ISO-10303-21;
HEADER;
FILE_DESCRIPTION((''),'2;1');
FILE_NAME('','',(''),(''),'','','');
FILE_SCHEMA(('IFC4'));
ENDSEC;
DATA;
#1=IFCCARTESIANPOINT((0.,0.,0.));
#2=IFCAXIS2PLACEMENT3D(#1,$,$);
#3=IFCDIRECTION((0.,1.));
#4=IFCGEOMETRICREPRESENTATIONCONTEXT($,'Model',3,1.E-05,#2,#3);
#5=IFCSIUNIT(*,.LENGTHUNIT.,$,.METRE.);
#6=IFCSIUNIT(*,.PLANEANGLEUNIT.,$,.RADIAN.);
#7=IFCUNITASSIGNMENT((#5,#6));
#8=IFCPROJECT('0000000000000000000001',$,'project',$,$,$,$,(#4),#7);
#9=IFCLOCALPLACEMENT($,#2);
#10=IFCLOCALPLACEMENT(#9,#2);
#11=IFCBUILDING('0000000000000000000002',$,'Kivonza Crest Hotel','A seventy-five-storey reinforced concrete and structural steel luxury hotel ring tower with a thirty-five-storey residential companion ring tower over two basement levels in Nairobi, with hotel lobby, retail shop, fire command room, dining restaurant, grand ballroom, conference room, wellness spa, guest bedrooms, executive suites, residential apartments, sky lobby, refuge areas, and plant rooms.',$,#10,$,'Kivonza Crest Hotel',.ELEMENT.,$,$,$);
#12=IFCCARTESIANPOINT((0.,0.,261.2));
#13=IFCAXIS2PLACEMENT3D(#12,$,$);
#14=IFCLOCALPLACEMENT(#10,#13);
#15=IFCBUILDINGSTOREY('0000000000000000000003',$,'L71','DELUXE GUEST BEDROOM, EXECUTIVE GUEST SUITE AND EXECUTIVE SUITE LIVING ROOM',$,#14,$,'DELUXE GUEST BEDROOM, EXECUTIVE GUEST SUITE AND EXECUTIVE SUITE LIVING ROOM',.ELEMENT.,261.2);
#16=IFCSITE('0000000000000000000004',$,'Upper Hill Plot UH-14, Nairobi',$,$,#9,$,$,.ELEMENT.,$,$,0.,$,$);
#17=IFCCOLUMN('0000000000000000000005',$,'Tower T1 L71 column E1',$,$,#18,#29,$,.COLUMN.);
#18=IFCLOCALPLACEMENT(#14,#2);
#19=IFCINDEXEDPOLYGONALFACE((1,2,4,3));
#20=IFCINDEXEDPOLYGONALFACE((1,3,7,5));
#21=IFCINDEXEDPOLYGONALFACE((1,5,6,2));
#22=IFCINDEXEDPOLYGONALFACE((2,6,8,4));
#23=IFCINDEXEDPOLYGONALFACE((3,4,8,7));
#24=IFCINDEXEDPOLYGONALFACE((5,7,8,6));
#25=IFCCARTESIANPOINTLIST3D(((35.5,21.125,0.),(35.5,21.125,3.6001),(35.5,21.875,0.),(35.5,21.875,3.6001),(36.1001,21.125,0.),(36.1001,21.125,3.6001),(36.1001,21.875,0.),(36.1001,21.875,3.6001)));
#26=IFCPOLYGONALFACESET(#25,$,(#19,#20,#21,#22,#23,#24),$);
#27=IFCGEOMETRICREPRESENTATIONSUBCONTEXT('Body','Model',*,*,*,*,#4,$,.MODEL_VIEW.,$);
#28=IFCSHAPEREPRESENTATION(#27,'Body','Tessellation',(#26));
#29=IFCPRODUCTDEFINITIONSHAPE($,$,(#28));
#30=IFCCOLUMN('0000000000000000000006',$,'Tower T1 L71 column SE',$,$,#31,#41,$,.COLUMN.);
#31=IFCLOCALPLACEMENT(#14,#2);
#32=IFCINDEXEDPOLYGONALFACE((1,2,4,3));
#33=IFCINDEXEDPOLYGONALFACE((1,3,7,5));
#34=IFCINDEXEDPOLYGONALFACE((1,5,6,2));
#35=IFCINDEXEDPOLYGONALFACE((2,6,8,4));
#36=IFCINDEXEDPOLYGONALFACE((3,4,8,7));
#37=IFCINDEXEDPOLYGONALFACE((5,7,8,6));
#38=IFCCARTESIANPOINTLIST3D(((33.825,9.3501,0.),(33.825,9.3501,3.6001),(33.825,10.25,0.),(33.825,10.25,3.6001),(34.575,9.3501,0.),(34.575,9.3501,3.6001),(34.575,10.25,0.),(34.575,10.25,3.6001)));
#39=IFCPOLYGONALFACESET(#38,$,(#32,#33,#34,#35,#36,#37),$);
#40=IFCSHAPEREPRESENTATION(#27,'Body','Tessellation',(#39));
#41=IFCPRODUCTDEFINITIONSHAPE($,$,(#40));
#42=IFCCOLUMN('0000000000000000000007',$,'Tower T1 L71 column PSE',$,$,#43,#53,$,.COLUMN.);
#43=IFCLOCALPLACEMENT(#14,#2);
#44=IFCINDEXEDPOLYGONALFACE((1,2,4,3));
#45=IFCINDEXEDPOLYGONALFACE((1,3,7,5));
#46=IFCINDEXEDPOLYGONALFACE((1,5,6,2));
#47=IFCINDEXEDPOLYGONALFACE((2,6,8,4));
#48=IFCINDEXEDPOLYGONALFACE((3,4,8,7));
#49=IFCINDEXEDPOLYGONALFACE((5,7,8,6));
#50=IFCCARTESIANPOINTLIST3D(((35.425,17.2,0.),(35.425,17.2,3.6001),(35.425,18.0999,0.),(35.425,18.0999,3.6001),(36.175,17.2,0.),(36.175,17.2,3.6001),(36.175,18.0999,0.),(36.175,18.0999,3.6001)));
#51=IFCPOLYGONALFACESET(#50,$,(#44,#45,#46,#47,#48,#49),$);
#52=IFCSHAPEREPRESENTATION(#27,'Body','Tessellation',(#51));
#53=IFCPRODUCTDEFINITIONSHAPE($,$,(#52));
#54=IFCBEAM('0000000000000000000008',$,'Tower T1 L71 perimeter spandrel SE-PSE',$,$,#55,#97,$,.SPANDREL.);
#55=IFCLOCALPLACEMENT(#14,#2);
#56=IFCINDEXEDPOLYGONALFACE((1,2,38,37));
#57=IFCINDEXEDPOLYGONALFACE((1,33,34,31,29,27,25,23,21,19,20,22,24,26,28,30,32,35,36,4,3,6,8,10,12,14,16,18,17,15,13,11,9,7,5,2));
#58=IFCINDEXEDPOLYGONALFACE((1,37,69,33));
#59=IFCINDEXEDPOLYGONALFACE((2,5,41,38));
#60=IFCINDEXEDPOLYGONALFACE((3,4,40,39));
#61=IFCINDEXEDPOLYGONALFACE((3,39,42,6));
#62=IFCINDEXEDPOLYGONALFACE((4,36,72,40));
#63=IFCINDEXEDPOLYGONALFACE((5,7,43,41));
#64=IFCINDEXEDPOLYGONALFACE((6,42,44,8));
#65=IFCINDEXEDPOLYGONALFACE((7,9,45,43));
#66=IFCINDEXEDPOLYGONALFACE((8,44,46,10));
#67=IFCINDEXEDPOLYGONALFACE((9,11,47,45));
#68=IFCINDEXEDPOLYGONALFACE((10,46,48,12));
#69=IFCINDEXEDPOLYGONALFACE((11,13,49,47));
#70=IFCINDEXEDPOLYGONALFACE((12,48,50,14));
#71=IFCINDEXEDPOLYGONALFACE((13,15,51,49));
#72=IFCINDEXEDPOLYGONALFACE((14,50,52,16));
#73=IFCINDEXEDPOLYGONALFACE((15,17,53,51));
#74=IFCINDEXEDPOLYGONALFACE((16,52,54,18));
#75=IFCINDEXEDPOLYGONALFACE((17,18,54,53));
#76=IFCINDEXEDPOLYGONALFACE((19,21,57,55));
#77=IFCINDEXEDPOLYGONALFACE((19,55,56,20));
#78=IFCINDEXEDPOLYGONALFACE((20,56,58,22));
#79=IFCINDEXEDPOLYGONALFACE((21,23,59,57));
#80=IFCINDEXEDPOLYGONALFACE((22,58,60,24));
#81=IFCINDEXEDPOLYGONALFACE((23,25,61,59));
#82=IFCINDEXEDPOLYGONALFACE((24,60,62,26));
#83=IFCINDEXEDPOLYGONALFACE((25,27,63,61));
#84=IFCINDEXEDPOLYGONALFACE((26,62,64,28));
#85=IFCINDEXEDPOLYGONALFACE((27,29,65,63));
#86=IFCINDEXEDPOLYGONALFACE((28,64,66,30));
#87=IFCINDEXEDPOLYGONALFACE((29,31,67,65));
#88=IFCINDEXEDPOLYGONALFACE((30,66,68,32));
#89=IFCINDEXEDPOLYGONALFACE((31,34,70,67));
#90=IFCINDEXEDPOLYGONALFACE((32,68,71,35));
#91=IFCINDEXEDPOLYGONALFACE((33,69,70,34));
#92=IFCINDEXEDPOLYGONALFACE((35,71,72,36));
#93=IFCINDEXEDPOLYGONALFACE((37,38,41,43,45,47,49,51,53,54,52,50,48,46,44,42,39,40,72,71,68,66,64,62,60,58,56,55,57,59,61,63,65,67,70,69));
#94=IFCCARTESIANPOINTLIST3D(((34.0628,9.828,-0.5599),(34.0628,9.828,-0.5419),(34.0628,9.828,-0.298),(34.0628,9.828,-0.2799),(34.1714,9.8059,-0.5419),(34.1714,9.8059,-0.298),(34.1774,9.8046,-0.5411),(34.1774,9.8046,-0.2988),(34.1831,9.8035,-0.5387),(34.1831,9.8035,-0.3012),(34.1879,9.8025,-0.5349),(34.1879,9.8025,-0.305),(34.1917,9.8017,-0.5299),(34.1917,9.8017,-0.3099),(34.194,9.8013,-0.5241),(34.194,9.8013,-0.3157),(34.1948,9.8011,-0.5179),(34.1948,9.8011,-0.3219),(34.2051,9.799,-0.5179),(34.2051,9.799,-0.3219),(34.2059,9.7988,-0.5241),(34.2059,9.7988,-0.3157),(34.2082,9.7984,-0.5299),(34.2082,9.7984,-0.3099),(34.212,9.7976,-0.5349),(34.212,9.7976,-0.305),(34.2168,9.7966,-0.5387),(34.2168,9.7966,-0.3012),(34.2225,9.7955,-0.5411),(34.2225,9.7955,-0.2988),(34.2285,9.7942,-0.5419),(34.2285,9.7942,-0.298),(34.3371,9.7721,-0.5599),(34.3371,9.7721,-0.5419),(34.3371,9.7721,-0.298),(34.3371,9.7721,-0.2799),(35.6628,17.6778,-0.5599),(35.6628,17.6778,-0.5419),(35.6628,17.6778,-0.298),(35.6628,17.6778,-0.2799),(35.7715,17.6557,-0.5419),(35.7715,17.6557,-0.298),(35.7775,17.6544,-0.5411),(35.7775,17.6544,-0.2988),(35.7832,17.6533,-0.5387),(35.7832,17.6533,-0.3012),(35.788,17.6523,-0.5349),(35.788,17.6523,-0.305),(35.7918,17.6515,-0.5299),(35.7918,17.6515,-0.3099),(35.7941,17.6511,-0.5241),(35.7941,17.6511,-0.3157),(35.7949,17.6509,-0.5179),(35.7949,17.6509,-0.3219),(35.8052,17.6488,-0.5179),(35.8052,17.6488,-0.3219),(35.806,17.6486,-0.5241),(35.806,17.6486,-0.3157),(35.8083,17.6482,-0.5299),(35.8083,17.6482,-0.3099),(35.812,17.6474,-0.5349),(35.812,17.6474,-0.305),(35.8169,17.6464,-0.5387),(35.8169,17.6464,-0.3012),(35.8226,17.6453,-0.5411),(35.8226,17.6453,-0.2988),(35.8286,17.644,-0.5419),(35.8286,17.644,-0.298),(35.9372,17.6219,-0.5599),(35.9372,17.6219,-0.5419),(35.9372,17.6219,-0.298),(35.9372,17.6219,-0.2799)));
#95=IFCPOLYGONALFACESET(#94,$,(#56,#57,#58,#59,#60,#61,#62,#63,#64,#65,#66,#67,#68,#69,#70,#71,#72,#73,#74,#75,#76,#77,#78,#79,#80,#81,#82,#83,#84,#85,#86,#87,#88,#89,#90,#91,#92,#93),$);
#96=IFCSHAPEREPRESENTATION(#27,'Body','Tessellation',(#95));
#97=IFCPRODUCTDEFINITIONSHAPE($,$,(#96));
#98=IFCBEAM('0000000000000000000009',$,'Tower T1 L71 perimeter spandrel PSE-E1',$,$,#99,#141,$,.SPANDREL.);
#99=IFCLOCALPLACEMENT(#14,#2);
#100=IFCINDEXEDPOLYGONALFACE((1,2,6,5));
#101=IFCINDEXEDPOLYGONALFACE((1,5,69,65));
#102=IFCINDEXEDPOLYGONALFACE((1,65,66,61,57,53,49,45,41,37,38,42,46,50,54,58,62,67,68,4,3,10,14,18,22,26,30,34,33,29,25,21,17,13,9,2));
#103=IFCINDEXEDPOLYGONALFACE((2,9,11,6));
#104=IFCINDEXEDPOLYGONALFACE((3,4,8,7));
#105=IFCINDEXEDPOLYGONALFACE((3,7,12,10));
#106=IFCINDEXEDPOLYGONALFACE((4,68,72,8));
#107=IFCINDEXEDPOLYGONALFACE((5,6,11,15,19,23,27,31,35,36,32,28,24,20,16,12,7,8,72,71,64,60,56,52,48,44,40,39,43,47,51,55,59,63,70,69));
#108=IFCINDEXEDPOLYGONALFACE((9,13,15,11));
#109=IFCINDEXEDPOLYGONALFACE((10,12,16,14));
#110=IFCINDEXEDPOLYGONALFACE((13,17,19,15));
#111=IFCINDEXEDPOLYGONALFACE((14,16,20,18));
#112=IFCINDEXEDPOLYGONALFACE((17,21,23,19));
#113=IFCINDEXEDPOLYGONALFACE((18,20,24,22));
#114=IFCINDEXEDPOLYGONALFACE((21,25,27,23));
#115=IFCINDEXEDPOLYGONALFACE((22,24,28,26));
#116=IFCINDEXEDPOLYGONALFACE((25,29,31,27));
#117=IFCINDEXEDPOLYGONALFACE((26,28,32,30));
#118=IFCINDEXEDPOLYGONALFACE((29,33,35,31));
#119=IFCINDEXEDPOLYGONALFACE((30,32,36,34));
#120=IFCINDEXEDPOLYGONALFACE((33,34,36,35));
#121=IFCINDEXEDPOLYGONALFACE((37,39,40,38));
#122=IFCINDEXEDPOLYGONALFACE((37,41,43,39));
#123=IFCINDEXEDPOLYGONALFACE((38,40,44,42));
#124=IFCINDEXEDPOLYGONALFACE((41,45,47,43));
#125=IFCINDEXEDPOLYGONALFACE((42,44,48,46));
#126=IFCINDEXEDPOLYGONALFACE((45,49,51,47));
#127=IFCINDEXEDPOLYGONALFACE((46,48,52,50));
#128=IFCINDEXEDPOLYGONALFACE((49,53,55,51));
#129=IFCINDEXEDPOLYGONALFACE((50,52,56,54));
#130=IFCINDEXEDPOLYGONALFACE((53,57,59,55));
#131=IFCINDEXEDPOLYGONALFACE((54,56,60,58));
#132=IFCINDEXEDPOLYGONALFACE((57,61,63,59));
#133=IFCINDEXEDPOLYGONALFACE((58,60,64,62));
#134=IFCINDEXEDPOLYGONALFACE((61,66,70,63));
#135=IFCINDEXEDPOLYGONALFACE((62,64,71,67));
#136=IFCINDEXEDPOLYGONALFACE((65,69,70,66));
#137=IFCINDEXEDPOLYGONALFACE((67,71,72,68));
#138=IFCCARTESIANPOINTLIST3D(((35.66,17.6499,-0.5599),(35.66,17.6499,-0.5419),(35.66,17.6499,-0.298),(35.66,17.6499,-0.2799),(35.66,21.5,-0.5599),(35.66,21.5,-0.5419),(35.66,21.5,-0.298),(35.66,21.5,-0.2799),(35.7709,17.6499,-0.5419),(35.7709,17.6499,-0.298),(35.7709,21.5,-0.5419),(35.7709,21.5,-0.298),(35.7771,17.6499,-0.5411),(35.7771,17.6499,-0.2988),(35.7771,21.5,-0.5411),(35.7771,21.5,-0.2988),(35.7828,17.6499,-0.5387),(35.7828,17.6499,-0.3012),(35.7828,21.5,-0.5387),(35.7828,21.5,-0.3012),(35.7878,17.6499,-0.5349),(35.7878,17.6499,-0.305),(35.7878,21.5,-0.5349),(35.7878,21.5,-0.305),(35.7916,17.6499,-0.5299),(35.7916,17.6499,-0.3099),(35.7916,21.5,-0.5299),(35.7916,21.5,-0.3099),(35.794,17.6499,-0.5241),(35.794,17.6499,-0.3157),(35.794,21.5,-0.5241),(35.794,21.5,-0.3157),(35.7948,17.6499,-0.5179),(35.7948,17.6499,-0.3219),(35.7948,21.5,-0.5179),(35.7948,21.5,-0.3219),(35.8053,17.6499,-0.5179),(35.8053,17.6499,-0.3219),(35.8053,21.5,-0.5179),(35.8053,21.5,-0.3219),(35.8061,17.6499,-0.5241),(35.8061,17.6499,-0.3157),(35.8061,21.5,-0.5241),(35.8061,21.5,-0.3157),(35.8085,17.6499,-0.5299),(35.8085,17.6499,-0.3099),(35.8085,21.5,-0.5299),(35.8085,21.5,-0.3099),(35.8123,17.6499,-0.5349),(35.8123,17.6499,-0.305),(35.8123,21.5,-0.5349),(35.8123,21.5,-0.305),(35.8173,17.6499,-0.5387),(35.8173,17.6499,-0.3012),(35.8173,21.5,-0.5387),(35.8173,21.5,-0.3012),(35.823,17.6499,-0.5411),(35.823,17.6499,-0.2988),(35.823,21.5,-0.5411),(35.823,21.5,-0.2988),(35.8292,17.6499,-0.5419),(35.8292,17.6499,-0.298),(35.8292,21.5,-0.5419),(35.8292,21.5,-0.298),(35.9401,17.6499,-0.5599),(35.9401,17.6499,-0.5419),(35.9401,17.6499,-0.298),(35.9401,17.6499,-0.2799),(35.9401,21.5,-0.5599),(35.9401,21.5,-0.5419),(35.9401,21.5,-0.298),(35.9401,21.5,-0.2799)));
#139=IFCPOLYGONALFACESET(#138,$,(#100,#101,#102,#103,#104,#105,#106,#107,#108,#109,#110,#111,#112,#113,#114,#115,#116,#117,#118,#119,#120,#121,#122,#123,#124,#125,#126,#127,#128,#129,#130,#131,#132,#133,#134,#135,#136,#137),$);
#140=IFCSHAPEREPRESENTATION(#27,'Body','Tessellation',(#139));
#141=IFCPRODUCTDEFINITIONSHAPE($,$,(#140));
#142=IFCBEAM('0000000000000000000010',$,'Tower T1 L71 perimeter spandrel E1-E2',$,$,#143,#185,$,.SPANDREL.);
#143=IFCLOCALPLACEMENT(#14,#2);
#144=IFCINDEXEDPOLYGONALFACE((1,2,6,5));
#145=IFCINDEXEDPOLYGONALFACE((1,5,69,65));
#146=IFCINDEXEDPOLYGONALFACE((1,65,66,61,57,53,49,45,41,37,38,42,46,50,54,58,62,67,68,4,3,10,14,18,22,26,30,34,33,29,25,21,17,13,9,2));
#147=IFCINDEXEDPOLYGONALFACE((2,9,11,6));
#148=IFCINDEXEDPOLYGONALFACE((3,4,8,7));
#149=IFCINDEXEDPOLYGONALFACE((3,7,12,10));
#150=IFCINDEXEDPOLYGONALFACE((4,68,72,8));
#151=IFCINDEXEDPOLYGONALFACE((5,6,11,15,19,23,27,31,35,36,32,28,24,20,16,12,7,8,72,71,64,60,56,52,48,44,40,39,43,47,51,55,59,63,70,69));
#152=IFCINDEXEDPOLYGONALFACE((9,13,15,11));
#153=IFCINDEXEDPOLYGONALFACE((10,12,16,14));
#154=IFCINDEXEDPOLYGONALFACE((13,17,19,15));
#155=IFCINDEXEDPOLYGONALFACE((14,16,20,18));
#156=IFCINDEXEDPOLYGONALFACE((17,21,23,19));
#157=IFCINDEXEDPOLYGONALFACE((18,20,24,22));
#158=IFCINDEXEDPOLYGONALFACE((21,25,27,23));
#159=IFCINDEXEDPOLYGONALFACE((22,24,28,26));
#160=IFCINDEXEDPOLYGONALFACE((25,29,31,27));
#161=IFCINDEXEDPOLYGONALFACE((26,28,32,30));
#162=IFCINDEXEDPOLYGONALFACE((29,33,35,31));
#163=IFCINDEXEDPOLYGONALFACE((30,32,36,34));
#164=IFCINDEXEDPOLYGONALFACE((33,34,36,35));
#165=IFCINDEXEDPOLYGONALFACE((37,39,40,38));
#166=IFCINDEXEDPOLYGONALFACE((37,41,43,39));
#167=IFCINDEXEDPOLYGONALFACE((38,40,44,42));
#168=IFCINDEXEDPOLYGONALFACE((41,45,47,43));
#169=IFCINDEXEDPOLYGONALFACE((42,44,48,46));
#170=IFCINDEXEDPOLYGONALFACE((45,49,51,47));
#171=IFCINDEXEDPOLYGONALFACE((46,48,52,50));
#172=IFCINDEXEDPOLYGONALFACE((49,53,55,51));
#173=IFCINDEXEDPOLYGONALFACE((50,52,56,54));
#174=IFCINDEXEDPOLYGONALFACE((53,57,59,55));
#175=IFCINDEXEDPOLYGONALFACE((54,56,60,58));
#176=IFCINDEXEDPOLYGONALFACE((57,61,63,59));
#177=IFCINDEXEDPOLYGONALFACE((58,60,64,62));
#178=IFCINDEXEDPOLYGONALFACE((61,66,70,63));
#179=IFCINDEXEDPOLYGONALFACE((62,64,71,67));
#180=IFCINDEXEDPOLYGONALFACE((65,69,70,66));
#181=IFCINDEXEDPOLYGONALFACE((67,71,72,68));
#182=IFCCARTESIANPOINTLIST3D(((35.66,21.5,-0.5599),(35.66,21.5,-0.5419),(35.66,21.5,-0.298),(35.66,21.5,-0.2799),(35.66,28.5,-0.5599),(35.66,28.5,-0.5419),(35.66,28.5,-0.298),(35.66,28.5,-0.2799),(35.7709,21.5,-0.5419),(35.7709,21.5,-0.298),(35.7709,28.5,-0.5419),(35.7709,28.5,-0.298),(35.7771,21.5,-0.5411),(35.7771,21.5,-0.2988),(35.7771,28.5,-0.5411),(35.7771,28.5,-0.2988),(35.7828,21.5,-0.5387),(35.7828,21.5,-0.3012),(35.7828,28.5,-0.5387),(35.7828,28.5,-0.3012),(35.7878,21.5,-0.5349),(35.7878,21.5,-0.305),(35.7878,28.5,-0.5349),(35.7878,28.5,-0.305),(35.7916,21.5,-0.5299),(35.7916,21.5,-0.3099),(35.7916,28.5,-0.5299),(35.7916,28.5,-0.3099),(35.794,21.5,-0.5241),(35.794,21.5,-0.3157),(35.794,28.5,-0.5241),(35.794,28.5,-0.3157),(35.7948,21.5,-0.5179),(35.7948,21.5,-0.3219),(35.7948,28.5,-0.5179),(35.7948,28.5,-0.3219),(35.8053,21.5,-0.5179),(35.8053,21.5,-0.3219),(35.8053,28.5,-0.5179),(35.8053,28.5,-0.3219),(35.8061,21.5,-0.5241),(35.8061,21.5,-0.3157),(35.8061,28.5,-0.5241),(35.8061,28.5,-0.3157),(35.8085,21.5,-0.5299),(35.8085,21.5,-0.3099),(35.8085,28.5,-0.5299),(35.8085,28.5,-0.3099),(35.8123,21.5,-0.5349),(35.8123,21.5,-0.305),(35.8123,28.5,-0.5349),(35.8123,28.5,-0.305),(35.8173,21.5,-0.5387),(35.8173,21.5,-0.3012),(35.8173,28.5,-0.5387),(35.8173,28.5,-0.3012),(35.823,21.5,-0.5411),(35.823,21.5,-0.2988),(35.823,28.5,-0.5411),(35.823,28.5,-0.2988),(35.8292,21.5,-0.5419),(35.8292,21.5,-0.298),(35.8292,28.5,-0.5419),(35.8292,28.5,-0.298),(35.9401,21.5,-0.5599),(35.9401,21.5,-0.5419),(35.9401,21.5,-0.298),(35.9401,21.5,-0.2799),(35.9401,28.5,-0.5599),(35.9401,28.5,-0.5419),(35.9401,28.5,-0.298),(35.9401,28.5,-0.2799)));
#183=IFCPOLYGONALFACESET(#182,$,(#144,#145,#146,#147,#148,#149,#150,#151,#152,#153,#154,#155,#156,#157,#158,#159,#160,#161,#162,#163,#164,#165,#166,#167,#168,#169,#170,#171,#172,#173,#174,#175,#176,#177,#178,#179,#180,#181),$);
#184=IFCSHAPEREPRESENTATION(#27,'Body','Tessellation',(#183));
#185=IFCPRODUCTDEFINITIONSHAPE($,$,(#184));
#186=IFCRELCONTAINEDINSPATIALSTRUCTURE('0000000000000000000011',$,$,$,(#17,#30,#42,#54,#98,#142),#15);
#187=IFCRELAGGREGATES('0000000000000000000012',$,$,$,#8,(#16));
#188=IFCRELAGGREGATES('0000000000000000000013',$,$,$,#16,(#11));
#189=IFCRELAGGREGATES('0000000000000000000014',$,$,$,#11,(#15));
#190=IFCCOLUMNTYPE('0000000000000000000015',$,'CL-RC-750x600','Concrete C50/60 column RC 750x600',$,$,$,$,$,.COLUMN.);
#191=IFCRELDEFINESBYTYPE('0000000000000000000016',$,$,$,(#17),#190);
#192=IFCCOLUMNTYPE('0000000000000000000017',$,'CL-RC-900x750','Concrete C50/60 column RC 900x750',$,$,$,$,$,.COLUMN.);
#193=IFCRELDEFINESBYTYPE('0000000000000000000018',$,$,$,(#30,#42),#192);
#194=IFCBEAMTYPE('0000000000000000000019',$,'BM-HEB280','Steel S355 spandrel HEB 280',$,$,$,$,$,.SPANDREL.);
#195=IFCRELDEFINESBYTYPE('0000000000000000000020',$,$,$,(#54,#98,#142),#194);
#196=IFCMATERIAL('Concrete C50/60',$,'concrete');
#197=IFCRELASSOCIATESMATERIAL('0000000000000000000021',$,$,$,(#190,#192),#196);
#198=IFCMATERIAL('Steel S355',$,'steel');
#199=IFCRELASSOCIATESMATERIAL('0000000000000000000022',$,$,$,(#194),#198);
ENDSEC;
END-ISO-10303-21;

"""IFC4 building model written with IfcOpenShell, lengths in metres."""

from ifc_helpers import new_model, si_unit, direction, frame, origin, origin_2d, place, context, subcontext, project, spatial, rectangle, i_section, extrude, material, material_profile, profile_set, type_object, element, save


model = new_model("IFC4")

# Units and contexts
model_context = context("Model", 3, precision=1e-05, world=origin(), true_north=direction((0.0, 1.0)))
body_context = subcontext(model_context, "Body", "Model", "MODEL_VIEW")
ifc_project = project(units=[si_unit("LENGTHUNIT", "METRE"), si_unit("PLANEANGLEUNIT", "RADIAN")], contexts=[model_context])

# Site, building, storey
site_placement = place(None, origin())
site = spatial("IfcSite", under=ifc_project, at=site_placement, Name="Upper Hill Plot UH-14, Nairobi", CompositionType="ELEMENT", RefElevation=0.0)
building_placement = place(site_placement, origin())
building = spatial("IfcBuilding", under=site, at=building_placement, Name="Kivonza Crest Hotel", Description="A seventy-five-storey reinforced concrete and structural steel luxury hotel ring tower with a thirty-five-storey residential companion ring tower over two basement levels in Nairobi, with hotel lobby, retail shop, fire command room, dining restaurant, grand ballroom, conference room, wellness spa, guest bedrooms, executive suites, residential apartments, sky lobby, refuge areas, and plant rooms.", LongName="Kivonza Crest Hotel", CompositionType="ELEMENT")
storey_placement = place(building_placement, frame((0.0, 0.0, 261.2)))
storey = spatial("IfcBuildingStorey", under=building, at=storey_placement, Name="L71", Description="DELUXE GUEST BEDROOM, EXECUTIVE GUEST SUITE AND EXECUTIVE SUITE LIVING ROOM", LongName="DELUXE GUEST BEDROOM, EXECUTIVE GUEST SUITE AND EXECUTIVE SUITE LIVING ROOM", CompositionType="ELEMENT", Elevation=261.2)

# Columns
ifc_material_1 = material(Name="Concrete C50/60", Category="concrete")
ifc_material_profile_1 = material_profile(ifc_material_1, rectangle(XDim=0.6001, YDim=0.75, at=origin_2d()), Name="RC 750x600")
ifc_profile_set_1 = profile_set([ifc_material_profile_1], Name="Concrete C50/60")
column_type_1 = type_object("IfcColumnType", Name="CL-RC-750x600", Description="Concrete C50/60 column RC 750x600", PredefinedType="COLUMN", material=ifc_profile_set_1)
column_placement = place(storey_placement, frame((35.8, 21.5, 0.0), z_axis=(0.0, 0.0, 1.0), x_axis=(1.0, 0.0, 0.0)))
element("IfcColumn", 1, at=column_placement, inside=storey, type_object=column_type_1, Name="Tower T1 L71 column E1", PredefinedType="COLUMN", context=body_context, shape_type="SweptSolid", body=[
    extrude(rectangle(XDim=0.6001, YDim=0.75, at=origin_2d()), origin(), (0.0, 0.0, 1.0), 3.6001),
])
ifc_material_profile_2 = material_profile(ifc_material_1, rectangle(XDim=0.75, YDim=0.8999, at=origin_2d()), Name="RC 900x750")
ifc_profile_set_2 = profile_set([ifc_material_profile_2], Name="Concrete C50/60")
column_type_2 = type_object("IfcColumnType", Name="CL-RC-900x750", Description="Concrete C50/60 column RC 900x750", PredefinedType="COLUMN", material=ifc_profile_set_2)
for number, where, z_axis, x_axis, name in (
    (2, (34.2, 9.8, 0.0), (0.0, 0.0, 1.0), (1.0, 0.0, 0.0), "Tower T1 L71 column SE"),
    (3, (35.8, 17.6499, 0.0), (0.0, 0.0, 1.0), (1.0, 0.0, 0.0), "Tower T1 L71 column PSE"),
):
    element("IfcColumn", number, at=place(storey_placement, frame(where, z_axis=z_axis, x_axis=x_axis)), inside=storey, type_object=column_type_2, Name=name, PredefinedType="COLUMN", context=body_context, shape_type="SweptSolid", body=[
        extrude(rectangle(XDim=0.75, YDim=0.8999, at=origin_2d()), origin(), (0.0, 0.0, 1.0), 3.6001),
    ])

# Beams
ifc_material_2 = material(Name="Steel S355", Category="steel")
ifc_material_profile_3 = material_profile(ifc_material_2, i_section(OverallWidth=0.28, OverallDepth=0.28, WebThickness=0.0105, FlangeThickness=0.0181, FilletRadius=0.0239, at=origin_2d()), Name="HEB 280")
ifc_profile_set_3 = profile_set([ifc_material_profile_3], Name="Steel S355")
beam_type_1 = type_object("IfcBeamType", Name="BM-HEB280", Description="Steel S355 spandrel HEB 280", PredefinedType="SPANDREL", material=ifc_profile_set_3)
beam_1_placement = place(storey_placement, frame((34.2, 9.8, -0.4199), z_axis=(0.199731, 0.979851, 0.0), x_axis=(-0.979851, 0.199731, 0.0)))
element("IfcBeam", 4, at=beam_1_placement, inside=storey, type_object=beam_type_1, Name="Tower T1 L71 perimeter spandrel SE-PSE", PredefinedType="SPANDREL", context=body_context, shape_type="SweptSolid", body=[
    extrude(i_section(OverallWidth=0.28, OverallDepth=0.28, WebThickness=0.0105, FlangeThickness=0.0181, FilletRadius=0.0239, at=origin_2d()), origin(), (0.0, 0.0, 1.0), 8.0112),
])
beam_2_placement = place(storey_placement, frame((35.8, 17.6499, -0.4199), z_axis=(0.0, 1.0, 0.0), x_axis=(-1.0, 0.0, 0.0)))
element("IfcBeam", 5, at=beam_2_placement, inside=storey, type_object=beam_type_1, Name="Tower T1 L71 perimeter spandrel PSE-E1", PredefinedType="SPANDREL", context=body_context, shape_type="SweptSolid", body=[
    extrude(i_section(OverallWidth=0.28, OverallDepth=0.28, WebThickness=0.0105, FlangeThickness=0.0181, FilletRadius=0.0239, at=origin_2d()), origin(), (0.0, 0.0, 1.0), 3.8501),
])
beam_3_placement = place(storey_placement, frame((35.8, 21.5, -0.4199), z_axis=(0.0, 1.0, 0.0), x_axis=(-1.0, 0.0, 0.0)))
element("IfcBeam", 6, at=beam_3_placement, inside=storey, type_object=beam_type_1, Name="Tower T1 L71 perimeter spandrel E1-E2", PredefinedType="SPANDREL", context=body_context, shape_type="SweptSolid", body=[
    extrude(i_section(OverallWidth=0.28, OverallDepth=0.28, WebThickness=0.0105, FlangeThickness=0.0181, FilletRadius=0.0239, at=origin_2d()), origin(), (0.0, 0.0, 1.0), 7.0),
])

save(model, "model.ifc")
